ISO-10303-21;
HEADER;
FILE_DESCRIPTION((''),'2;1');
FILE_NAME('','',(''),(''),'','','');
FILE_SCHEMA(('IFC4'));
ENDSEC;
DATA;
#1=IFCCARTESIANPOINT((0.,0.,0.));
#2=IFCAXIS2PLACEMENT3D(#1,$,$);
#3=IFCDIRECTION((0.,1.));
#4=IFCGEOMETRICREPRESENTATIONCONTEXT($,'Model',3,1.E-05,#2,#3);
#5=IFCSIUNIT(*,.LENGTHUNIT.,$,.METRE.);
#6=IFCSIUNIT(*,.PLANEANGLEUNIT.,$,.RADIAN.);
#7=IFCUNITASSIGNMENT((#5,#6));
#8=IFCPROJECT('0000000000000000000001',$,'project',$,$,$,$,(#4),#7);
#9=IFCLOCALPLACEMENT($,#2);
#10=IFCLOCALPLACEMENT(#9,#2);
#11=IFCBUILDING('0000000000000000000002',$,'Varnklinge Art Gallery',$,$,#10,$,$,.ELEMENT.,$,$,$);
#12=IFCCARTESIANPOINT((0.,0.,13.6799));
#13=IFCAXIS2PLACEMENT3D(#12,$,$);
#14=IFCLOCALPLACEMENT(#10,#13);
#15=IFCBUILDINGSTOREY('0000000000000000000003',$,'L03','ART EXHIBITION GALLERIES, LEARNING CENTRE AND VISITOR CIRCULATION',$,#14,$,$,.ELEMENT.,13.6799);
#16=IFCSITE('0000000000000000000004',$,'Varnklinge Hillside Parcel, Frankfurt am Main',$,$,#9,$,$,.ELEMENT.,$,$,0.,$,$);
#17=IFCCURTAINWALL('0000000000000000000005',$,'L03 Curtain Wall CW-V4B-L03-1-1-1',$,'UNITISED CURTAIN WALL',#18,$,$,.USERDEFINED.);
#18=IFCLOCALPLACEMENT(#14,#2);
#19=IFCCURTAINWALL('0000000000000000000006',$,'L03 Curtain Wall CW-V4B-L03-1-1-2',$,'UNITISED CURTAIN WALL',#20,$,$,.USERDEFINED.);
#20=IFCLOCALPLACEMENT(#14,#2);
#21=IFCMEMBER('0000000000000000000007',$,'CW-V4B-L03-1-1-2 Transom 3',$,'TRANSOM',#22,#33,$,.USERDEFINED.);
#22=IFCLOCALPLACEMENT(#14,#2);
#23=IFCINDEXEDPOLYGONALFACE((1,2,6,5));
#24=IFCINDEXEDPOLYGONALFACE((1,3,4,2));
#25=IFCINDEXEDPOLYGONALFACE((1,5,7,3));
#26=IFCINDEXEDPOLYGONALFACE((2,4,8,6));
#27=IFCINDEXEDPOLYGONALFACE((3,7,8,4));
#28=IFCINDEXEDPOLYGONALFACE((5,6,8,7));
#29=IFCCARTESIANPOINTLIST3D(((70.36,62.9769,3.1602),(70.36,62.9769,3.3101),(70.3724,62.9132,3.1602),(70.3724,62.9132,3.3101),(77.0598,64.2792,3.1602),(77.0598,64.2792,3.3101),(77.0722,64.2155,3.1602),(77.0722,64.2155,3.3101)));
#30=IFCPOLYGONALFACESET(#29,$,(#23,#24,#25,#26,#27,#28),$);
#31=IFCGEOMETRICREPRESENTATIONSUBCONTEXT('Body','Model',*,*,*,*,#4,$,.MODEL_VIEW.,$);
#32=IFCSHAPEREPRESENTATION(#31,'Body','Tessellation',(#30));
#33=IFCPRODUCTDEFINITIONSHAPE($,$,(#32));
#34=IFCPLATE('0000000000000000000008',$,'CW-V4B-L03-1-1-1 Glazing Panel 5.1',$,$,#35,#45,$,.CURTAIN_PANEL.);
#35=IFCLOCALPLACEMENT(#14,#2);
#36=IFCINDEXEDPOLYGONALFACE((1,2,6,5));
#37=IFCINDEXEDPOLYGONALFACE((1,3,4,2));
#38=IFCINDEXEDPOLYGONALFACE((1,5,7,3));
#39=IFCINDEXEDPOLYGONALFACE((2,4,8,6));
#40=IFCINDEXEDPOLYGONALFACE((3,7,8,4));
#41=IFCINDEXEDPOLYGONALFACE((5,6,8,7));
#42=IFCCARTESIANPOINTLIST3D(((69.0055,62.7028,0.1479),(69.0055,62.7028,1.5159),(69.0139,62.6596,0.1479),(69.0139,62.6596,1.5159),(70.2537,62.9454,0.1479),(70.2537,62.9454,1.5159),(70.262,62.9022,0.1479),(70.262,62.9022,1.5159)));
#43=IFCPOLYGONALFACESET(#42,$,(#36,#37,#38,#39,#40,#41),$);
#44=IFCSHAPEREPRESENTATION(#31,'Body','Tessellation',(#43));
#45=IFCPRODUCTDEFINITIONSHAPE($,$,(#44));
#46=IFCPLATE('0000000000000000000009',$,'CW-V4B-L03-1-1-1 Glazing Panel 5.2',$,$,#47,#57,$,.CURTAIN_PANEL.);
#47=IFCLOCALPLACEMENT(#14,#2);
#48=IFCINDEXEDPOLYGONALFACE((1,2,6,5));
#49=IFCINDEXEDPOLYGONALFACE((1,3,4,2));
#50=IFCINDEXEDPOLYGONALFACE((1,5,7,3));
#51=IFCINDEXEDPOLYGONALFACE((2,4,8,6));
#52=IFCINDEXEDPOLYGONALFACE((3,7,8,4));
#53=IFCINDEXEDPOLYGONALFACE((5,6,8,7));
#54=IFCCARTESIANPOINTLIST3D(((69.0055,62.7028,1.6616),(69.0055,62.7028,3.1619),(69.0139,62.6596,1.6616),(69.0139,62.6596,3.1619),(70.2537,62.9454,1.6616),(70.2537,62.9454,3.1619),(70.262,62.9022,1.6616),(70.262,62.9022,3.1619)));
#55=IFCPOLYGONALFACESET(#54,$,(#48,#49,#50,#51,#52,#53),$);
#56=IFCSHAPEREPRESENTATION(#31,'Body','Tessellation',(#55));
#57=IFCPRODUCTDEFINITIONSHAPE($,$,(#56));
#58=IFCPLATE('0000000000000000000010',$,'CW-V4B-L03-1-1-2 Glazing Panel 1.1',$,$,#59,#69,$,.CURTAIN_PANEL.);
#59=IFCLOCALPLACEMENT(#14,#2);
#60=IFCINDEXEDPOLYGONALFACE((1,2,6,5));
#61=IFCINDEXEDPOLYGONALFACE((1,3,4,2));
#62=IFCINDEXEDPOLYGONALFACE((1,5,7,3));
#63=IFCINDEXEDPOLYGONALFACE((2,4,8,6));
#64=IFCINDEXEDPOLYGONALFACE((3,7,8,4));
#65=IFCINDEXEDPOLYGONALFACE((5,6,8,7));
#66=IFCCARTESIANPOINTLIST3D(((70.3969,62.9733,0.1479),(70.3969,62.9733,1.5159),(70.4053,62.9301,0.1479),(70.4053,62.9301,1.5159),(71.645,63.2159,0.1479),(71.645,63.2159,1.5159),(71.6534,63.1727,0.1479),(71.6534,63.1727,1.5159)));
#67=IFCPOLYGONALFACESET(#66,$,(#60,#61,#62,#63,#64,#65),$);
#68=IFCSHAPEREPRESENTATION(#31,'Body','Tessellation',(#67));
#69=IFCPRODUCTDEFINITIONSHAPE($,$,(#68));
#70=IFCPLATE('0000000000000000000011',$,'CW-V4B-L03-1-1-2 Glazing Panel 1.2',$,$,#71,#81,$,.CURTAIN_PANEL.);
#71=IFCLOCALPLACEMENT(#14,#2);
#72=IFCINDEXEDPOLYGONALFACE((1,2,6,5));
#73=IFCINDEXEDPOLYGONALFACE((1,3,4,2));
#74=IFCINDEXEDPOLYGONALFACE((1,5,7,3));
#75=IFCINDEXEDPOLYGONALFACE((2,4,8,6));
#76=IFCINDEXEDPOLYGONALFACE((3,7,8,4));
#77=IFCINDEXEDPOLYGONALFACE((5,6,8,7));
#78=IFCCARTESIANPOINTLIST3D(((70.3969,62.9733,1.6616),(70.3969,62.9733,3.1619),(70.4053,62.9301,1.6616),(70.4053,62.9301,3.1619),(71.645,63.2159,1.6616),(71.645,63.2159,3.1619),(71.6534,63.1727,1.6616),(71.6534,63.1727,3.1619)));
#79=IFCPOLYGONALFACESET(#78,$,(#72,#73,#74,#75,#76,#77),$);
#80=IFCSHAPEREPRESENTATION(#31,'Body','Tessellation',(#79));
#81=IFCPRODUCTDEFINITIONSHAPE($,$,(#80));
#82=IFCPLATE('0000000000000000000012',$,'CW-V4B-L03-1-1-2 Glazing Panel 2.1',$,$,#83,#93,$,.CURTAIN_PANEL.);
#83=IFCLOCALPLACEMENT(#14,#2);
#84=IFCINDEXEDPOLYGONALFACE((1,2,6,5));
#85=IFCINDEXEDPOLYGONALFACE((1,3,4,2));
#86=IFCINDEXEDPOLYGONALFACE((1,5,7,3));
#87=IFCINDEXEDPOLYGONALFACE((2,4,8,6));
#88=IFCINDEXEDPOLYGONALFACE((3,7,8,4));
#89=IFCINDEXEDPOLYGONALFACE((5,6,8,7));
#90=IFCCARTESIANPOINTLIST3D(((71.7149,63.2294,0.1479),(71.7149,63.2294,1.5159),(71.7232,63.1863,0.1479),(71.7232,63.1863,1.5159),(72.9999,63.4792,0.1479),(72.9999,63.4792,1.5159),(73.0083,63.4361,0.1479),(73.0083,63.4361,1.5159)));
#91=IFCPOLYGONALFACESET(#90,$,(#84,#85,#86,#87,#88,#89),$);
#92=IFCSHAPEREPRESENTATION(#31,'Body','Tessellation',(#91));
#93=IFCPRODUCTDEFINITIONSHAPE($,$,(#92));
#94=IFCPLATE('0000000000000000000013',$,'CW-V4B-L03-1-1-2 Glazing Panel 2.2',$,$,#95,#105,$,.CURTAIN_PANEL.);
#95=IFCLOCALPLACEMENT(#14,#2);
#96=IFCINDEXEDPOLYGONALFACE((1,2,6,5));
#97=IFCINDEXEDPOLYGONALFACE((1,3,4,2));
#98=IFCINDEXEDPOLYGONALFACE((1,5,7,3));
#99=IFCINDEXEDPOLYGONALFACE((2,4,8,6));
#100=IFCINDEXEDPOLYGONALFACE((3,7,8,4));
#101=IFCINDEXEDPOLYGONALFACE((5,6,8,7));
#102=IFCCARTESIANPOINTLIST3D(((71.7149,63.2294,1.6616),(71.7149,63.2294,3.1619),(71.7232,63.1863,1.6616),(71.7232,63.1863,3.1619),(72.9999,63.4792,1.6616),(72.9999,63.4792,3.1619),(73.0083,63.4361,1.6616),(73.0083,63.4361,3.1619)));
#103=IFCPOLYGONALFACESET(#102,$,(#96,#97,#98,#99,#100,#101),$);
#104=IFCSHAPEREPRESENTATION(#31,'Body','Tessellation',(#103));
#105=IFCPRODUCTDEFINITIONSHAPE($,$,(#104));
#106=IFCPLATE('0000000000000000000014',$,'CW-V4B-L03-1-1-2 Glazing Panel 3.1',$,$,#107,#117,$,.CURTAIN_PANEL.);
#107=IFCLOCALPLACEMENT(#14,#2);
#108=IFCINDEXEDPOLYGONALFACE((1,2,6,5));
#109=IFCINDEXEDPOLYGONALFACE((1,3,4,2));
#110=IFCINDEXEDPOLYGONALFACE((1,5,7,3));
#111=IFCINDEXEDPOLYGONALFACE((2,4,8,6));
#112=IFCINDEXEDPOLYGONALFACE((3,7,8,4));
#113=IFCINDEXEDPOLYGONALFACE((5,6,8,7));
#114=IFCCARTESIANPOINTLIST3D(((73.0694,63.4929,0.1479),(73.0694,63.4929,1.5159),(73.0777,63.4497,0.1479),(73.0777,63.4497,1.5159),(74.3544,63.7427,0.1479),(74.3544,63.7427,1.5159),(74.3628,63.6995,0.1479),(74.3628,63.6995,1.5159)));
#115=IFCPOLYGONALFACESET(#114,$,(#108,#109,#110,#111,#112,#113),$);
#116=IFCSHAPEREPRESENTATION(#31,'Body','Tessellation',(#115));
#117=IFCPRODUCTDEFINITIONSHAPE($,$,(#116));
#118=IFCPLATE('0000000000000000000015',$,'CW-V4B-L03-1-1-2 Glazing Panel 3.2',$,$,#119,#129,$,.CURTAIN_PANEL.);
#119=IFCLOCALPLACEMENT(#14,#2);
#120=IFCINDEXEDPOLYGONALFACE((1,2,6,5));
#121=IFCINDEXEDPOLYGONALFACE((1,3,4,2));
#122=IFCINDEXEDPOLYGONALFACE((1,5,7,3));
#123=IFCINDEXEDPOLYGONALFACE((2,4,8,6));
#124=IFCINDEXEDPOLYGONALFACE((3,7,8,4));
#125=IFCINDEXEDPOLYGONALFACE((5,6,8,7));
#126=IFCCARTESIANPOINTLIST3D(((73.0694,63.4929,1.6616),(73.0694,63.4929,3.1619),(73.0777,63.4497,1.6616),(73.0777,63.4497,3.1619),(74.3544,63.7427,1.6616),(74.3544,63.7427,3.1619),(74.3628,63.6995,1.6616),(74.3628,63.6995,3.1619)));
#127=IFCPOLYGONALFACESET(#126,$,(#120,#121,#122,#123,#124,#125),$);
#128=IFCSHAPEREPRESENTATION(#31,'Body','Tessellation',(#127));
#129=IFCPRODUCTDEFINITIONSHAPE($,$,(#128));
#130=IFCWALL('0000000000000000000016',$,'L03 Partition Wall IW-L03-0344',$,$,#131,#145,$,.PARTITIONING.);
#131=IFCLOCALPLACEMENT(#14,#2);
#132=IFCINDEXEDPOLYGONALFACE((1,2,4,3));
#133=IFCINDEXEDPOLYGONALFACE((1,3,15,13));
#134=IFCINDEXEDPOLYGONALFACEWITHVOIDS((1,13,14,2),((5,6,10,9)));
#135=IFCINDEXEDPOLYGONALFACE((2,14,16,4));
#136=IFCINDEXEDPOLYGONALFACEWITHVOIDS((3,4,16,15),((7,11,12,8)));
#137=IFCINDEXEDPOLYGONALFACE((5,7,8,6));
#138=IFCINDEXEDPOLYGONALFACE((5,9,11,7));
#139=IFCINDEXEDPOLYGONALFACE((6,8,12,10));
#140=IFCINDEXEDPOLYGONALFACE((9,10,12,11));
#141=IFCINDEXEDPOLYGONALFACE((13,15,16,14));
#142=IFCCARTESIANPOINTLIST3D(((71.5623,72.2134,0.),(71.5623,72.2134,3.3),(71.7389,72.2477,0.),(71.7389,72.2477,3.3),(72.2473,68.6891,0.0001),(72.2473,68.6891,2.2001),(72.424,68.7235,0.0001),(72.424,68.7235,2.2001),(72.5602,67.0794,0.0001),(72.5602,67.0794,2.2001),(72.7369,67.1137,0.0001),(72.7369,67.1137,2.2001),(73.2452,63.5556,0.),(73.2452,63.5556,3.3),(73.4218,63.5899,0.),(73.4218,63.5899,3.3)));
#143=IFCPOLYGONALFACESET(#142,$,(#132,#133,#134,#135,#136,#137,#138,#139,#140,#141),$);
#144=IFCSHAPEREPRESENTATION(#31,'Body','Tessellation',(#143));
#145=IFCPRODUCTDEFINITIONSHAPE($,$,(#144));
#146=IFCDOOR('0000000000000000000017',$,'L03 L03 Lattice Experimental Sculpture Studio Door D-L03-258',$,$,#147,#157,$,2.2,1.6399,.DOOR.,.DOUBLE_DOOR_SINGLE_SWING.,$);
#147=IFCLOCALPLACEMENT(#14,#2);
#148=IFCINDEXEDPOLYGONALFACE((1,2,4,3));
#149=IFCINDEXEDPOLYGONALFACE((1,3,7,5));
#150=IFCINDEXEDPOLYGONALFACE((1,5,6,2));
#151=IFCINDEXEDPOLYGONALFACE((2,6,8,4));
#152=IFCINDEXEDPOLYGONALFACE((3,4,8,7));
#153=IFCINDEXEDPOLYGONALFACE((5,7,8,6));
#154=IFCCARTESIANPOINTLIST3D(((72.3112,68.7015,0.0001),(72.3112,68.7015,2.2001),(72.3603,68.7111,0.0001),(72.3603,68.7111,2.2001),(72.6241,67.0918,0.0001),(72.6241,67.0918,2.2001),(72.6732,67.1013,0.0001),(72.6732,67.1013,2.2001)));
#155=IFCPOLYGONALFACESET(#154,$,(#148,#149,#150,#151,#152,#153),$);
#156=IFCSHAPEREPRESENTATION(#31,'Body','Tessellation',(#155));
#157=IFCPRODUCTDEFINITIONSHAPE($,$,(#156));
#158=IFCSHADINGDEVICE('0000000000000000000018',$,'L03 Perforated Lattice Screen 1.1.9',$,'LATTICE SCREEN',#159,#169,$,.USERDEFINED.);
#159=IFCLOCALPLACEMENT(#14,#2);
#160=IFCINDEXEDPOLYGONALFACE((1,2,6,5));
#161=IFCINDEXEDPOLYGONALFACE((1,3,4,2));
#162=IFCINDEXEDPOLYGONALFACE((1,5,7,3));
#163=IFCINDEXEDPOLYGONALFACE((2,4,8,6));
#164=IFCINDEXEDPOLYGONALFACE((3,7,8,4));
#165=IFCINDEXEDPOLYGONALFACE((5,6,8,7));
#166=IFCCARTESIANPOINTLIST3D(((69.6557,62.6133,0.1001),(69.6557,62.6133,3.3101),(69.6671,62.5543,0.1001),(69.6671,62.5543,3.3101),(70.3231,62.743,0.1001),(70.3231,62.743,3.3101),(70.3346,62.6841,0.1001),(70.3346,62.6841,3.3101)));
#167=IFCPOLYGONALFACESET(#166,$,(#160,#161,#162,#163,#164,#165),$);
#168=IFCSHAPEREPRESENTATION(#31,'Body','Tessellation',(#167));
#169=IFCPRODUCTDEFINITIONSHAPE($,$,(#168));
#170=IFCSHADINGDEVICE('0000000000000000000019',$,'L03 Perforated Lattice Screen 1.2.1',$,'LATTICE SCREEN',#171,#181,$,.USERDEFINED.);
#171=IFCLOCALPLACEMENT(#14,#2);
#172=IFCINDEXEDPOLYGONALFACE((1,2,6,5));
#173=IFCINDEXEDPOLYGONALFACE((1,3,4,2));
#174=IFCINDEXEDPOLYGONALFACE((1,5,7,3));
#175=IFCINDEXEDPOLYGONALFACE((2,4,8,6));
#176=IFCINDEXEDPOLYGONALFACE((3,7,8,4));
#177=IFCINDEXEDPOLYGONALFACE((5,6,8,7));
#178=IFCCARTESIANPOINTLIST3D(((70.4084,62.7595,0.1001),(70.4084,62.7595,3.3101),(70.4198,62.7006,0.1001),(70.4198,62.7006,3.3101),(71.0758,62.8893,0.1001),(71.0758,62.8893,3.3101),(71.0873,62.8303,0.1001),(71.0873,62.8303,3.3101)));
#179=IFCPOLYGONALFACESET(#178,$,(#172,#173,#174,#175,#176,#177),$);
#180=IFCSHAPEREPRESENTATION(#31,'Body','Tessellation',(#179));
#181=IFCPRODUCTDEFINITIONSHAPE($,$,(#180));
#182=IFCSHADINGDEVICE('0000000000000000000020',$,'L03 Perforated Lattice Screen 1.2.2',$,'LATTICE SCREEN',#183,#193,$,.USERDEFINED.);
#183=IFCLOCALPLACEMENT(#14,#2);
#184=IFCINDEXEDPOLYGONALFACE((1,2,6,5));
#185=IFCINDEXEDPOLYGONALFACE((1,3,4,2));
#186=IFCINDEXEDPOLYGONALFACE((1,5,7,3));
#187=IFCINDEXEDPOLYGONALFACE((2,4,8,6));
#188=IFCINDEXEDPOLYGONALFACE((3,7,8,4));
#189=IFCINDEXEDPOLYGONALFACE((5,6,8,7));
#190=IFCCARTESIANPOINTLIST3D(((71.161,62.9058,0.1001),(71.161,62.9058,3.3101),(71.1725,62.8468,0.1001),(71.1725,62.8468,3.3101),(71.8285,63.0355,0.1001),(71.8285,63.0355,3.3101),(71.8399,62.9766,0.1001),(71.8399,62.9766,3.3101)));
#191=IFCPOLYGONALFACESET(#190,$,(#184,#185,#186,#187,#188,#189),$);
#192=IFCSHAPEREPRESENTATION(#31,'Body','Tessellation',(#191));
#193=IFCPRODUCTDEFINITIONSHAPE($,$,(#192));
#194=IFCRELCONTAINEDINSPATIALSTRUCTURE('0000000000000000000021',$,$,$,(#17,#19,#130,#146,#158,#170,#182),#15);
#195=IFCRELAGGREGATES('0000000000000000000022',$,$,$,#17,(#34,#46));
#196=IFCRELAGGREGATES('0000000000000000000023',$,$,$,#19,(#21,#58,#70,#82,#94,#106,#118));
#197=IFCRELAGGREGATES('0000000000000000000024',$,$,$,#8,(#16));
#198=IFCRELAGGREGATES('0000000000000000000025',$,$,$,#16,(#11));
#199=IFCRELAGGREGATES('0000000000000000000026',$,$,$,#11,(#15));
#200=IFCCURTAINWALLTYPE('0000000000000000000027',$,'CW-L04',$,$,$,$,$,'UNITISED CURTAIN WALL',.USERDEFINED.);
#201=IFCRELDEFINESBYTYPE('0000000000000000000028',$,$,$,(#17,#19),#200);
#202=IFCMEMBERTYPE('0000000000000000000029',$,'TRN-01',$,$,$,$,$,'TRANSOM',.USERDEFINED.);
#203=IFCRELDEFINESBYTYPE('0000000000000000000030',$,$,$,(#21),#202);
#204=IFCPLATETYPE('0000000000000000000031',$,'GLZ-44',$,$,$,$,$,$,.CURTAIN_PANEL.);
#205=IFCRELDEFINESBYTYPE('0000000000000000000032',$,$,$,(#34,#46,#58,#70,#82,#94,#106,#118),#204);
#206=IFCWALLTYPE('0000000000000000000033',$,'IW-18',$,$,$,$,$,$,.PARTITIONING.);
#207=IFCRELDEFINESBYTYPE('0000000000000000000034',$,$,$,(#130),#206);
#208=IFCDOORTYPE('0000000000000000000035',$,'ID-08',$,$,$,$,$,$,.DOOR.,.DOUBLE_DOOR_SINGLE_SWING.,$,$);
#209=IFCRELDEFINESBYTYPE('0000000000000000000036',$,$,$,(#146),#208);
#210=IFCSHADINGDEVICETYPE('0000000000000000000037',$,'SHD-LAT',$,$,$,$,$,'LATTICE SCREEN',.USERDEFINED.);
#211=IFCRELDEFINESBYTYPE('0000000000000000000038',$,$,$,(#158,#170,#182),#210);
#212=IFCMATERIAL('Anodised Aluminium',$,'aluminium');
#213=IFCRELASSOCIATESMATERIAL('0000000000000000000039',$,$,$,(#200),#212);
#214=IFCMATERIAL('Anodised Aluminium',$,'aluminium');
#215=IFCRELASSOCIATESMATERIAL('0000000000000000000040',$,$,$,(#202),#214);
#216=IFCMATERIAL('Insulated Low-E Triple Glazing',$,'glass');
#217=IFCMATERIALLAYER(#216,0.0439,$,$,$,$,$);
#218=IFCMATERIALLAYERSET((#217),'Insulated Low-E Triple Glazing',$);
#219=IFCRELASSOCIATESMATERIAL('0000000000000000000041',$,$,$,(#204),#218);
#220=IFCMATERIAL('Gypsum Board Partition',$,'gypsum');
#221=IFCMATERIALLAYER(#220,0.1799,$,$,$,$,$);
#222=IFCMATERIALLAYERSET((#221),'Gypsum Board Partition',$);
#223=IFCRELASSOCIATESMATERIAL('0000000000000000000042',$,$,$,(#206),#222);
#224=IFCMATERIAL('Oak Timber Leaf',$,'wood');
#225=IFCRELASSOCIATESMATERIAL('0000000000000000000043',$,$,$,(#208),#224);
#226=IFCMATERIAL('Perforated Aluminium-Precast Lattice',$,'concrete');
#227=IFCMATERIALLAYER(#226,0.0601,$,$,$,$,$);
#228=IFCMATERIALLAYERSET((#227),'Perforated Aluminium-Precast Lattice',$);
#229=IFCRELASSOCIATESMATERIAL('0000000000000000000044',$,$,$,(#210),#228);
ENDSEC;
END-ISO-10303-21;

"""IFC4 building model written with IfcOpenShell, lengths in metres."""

from ifc_helpers import new_model, si_unit, direction, frame, frame_2d, origin, origin_2d, place, context, subcontext, project, spatial, rectangle, extrude, material, layer, layer_set, material_profile, profile_set, type_object, element, fill, aggregate, save


model = new_model("IFC4")

# Units and contexts
model_context = context("Model", 3, precision=1e-05, world=origin(), true_north=direction((0.0, 1.0)))
body_context = subcontext(model_context, "Body", "Model", "MODEL_VIEW")
ifc_project = project(units=[si_unit("LENGTHUNIT", "METRE"), si_unit("PLANEANGLEUNIT", "RADIAN")], contexts=[model_context])

# Site, building, storey
site_placement = place(None, origin())
site = spatial("IfcSite", under=ifc_project, at=site_placement, Name="Varnklinge Hillside Parcel, Frankfurt am Main", CompositionType="ELEMENT", RefElevation=0.0)
building_placement = place(site_placement, origin())
building = spatial("IfcBuilding", under=site, at=building_placement, Name="Varnklinge Art Gallery", CompositionType="ELEMENT")
storey_placement = place(building_placement, frame((0.0, 0.0, 13.6799)))
storey = spatial("IfcBuildingStorey", under=building, at=storey_placement, Name="L03", Description="ART EXHIBITION GALLERIES, LEARNING CENTRE AND VISITOR CIRCULATION", CompositionType="ELEMENT", Elevation=13.6799)

# Curtain walls, member
ifc_material_1 = material(Name="Anodised Aluminium", Category="aluminium")
curtain_wall_type = type_object("IfcCurtainWallType", Name="CW-L04", ElementType="UNITISED CURTAIN WALL", PredefinedType="USERDEFINED", material=ifc_material_1)
curtain_wall_1_placement = place(storey_placement, origin())
curtain_wall_1 = element("IfcCurtainWall", 1, at=curtain_wall_1_placement, inside=storey, type_object=curtain_wall_type, Name="L03 Curtain Wall CW-V4B-L03-1-1-1", ObjectType="UNITISED CURTAIN WALL", PredefinedType="USERDEFINED")
curtain_wall_2_placement = place(storey_placement, origin())
curtain_wall_2 = element("IfcCurtainWall", 2, at=curtain_wall_2_placement, inside=storey, type_object=curtain_wall_type, Name="L03 Curtain Wall CW-V4B-L03-1-1-2", ObjectType="UNITISED CURTAIN WALL", PredefinedType="USERDEFINED")
ifc_material_2 = material(Name="Anodised Aluminium", Category="aluminium")
ifc_material_profile_1 = material_profile(ifc_material_2, rectangle(XDim=0.0649, YDim=0.1499, at=origin_2d()), Name="ALU 65x150")
ifc_profile_set_1 = profile_set([ifc_material_profile_1], Name="Anodised Aluminium")
member_type_1 = type_object("IfcMemberType", Name="TRN-01", ElementType="TRANSOM", PredefinedType="USERDEFINED", material=ifc_profile_set_1)
member_1_placement = place(storey_placement, frame((70.3662, 62.9451, 3.2351), z_axis=(0.981628, 0.190803, 0.0), x_axis=(-0.190803, 0.981628, 0.0)))
member_1 = element("IfcMember", 3, at=member_1_placement, type_object=member_type_1, Name="CW-V4B-L03-1-1-2 Transom 3", ObjectType="TRANSOM", PredefinedType="USERDEFINED", context=body_context, shape_type="SweptSolid", body=[
    extrude(rectangle(XDim=0.0649, YDim=0.1499, at=origin_2d()), origin(), (0.0, 0.0, 1.0), 6.8252),
])

# Plates
ifc_material_3 = material(Name="Insulated Low-E Triple Glazing", Category="glass")
ifc_layer_1 = layer(ifc_material_3, 0.0439)
ifc_layer_set_1 = layer_set([ifc_layer_1], Name="Insulated Low-E Triple Glazing")
plate_type = type_object("IfcPlateType", Name="GLZ-44", PredefinedType="CURTAIN_PANEL", material=ifc_layer_set_1)
plate_1_placement = place(storey_placement, frame((69.6338, 62.8025, 0.1479), z_axis=(0.0, 0.0, 1.0), x_axis=(0.981627, 0.190809, 0.0)))
plate_1 = element("IfcPlate", 4, at=plate_1_placement, type_object=plate_type, Name="CW-V4B-L03-1-1-1 Glazing Panel 5.1", PredefinedType="CURTAIN_PANEL", context=body_context, shape_type="SweptSolid", body=[
    extrude(rectangle(XDim=1.2715, YDim=0.0439, at=origin_2d()), origin(), (0.0, 0.0, 1.0), 1.3679),
])
plate_2_placement = place(storey_placement, frame((69.6338, 62.8025, 1.6616), z_axis=(0.0, 0.0, 1.0), x_axis=(0.981627, 0.190809, 0.0)))
plate_2 = element("IfcPlate", 5, at=plate_2_placement, type_object=plate_type, Name="CW-V4B-L03-1-1-1 Glazing Panel 5.2", PredefinedType="CURTAIN_PANEL", context=body_context, shape_type="SweptSolid", body=[
    extrude(rectangle(XDim=1.2715, YDim=0.0439, at=origin_2d()), origin(), (0.0, 0.0, 1.0), 1.5002),
])
aggregate(curtain_wall_1, [plate_1, plate_2])
plate_3_placement = place(storey_placement, frame((71.0251, 63.073, 0.1479), z_axis=(0.0, 0.0, 1.0), x_axis=(0.981627, 0.190809, 0.0)))
plate_3 = element("IfcPlate", 6, at=plate_3_placement, type_object=plate_type, Name="CW-V4B-L03-1-1-2 Glazing Panel 1.1", PredefinedType="CURTAIN_PANEL", context=body_context, shape_type="SweptSolid", body=[
    extrude(rectangle(XDim=1.2715, YDim=0.0439, at=origin_2d()), origin(), (0.0, 0.0, 1.0), 1.3679),
])
plate_4_placement = place(storey_placement, frame((71.0251, 63.073, 1.6616), z_axis=(0.0, 0.0, 1.0), x_axis=(0.981627, 0.190809, 0.0)))
plate_4 = element("IfcPlate", 7, at=plate_4_placement, type_object=plate_type, Name="CW-V4B-L03-1-1-2 Glazing Panel 1.2", PredefinedType="CURTAIN_PANEL", context=body_context, shape_type="SweptSolid", body=[
    extrude(rectangle(XDim=1.2715, YDim=0.0439, at=origin_2d()), origin(), (0.0, 0.0, 1.0), 1.5002),
])
plate_5_placement = place(storey_placement, frame((72.3616, 63.3328, 0.1479), z_axis=(0.0, 0.0, 1.0), x_axis=(0.981627, 0.190809, 0.0)))
plate_5 = element("IfcPlate", 8, at=plate_5_placement, type_object=plate_type, Name="CW-V4B-L03-1-1-2 Glazing Panel 2.1", PredefinedType="CURTAIN_PANEL", context=body_context, shape_type="SweptSolid", body=[
    extrude(rectangle(XDim=1.3091, YDim=0.0439, at=origin_2d()), origin(), (0.0, 0.0, 1.0), 1.3679),
])
plate_6_placement = place(storey_placement, frame((72.3616, 63.3328, 1.6616), z_axis=(0.0, 0.0, 1.0), x_axis=(0.981627, 0.190809, 0.0)))
plate_6 = element("IfcPlate", 9, at=plate_6_placement, type_object=plate_type, Name="CW-V4B-L03-1-1-2 Glazing Panel 2.2", PredefinedType="CURTAIN_PANEL", context=body_context, shape_type="SweptSolid", body=[
    extrude(rectangle(XDim=1.3091, YDim=0.0439, at=origin_2d()), origin(), (0.0, 0.0, 1.0), 1.5002),
])
plate_7_placement = place(storey_placement, frame((73.7161, 63.5962, 0.1479), z_axis=(0.0, 0.0, 1.0), x_axis=(0.981627, 0.190809, 0.0)))
plate_7 = element("IfcPlate", 10, at=plate_7_placement, type_object=plate_type, Name="CW-V4B-L03-1-1-2 Glazing Panel 3.1", PredefinedType="CURTAIN_PANEL", context=body_context, shape_type="SweptSolid", body=[
    extrude(rectangle(XDim=1.3091, YDim=0.0439, at=origin_2d()), origin(), (0.0, 0.0, 1.0), 1.3679),
])
plate_8_placement = place(storey_placement, frame((73.7161, 63.5962, 1.6616), z_axis=(0.0, 0.0, 1.0), x_axis=(0.981627, 0.190809, 0.0)))
plate_8 = element("IfcPlate", 11, at=plate_8_placement, type_object=plate_type, Name="CW-V4B-L03-1-1-2 Glazing Panel 3.2", PredefinedType="CURTAIN_PANEL", context=body_context, shape_type="SweptSolid", body=[
    extrude(rectangle(XDim=1.3091, YDim=0.0439, at=origin_2d()), origin(), (0.0, 0.0, 1.0), 1.5002),
])
aggregate(curtain_wall_2, [member_1, plate_3, plate_4, plate_5, plate_6, plate_7, plate_8])

# Wall, opening, door
ifc_material_4 = material(Name="Gypsum Board Partition", Category="gypsum")
ifc_layer_2 = layer(ifc_material_4, 0.1799)
ifc_layer_set_2 = layer_set([ifc_layer_2], Name="Gypsum Board Partition")
wall_type = type_object("IfcWallType", Name="IW-18", PredefinedType="PARTITIONING", material=ifc_layer_set_2)
wall_placement = place(storey_placement, frame((73.3335, 63.5728, 0.0), z_axis=(0.0, 0.0, 1.0), x_axis=(-0.190806, 0.981628, 0.0)))
wall = element("IfcWall", 12, at=wall_placement, inside=storey, type_object=wall_type, Name="L03 Partition Wall IW-L03-0344", PredefinedType="PARTITIONING", context=body_context, shape_type="SweptSolid", body=[
    extrude(rectangle(XDim=8.8198, YDim=0.1799, at=frame_2d((4.4099, 0.0))), origin(), (0.0, 0.0, 1.0), 3.3),
])
opening_placement = place(wall_placement, frame((3.5898, 0.0, 0.0)))
opening = element("IfcOpeningElement", 13, at=opening_placement, cuts=wall, PredefinedType="OPENING", context=body_context, shape_type="SweptSolid", body=[
    extrude(rectangle(XDim=1.6399, YDim=2.2, at=frame_2d((0.8198, 1.1001))), frame((0.0, 0.0999, 0.0), z_axis=(0.0, -1.0, 0.0), x_axis=(1.0, 0.0, 0.0)), (0.0, 0.0, 1.0), 0.2),
])
ifc_material_5 = material(Name="Oak Timber Leaf", Category="wood")
door_type = type_object("IfcDoorType", Name="ID-08", OperationType="DOUBLE_DOOR_SINGLE_SWING", PredefinedType="DOOR", material=ifc_material_5)
door_placement = place(opening_placement, origin())
door = element("IfcDoor", 14, at=door_placement, inside=storey, type_object=door_type, Name="L03 L03 Lattice Experimental Sculpture Studio Door D-L03-258", OperationType="DOUBLE_DOOR_SINGLE_SWING", OverallHeight=2.2, OverallWidth=1.6399, PredefinedType="DOOR", context=body_context, shape_type="SweptSolid", body=[
    extrude(rectangle(XDim=1.6399, YDim=2.2, at=frame_2d((0.8198, 1.1001))), frame((0.0, 0.0249, 0.0), z_axis=(0.0, -1.0, 0.0), x_axis=(1.0, 0.0, 0.0)), (0.0, 0.0, 1.0), 0.05),
])
fill(opening, door)

# Shading devices
ifc_material_6 = material(Name="Perforated Aluminium-Precast Lattice", Category="concrete")
ifc_layer_3 = layer(ifc_material_6, 0.0601)
ifc_layer_set_3 = layer_set([ifc_layer_3], Name="Perforated Aluminium-Precast Lattice")
shading_device_type = type_object("IfcShadingDeviceType", Name="SHD-LAT", ElementType="LATTICE SCREEN", PredefinedType="USERDEFINED", material=ifc_layer_set_3)
for number, where, z_axis, x_axis, name in (
    (15, (69.9951, 62.6487, 0.1001), (0.0, 0.0, 1.0), (0.981627, 0.190809, 0.0), "L03 Perforated Lattice Screen 1.1.9"),
    (16, (70.7478, 62.7949, 0.1001), (0.0, 0.0, 1.0), (0.981627, 0.190809, 0.0), "L03 Perforated Lattice Screen 1.2.1"),
    (17, (71.5005, 62.9412, 0.1001), (0.0, 0.0, 1.0), (0.981627, 0.190809, 0.0), "L03 Perforated Lattice Screen 1.2.2"),
):
    element("IfcShadingDevice", number, at=place(storey_placement, frame(where, z_axis=z_axis, x_axis=x_axis)), inside=storey, type_object=shading_device_type, Name=name, ObjectType="LATTICE SCREEN", PredefinedType="USERDEFINED", context=body_context, shape_type="SweptSolid", body=[
        extrude(rectangle(XDim=0.6799, YDim=0.0601, at=origin_2d()), origin(), (0.0, 0.0, 1.0), 3.21),
    ])

save(model, "model.ifc")
